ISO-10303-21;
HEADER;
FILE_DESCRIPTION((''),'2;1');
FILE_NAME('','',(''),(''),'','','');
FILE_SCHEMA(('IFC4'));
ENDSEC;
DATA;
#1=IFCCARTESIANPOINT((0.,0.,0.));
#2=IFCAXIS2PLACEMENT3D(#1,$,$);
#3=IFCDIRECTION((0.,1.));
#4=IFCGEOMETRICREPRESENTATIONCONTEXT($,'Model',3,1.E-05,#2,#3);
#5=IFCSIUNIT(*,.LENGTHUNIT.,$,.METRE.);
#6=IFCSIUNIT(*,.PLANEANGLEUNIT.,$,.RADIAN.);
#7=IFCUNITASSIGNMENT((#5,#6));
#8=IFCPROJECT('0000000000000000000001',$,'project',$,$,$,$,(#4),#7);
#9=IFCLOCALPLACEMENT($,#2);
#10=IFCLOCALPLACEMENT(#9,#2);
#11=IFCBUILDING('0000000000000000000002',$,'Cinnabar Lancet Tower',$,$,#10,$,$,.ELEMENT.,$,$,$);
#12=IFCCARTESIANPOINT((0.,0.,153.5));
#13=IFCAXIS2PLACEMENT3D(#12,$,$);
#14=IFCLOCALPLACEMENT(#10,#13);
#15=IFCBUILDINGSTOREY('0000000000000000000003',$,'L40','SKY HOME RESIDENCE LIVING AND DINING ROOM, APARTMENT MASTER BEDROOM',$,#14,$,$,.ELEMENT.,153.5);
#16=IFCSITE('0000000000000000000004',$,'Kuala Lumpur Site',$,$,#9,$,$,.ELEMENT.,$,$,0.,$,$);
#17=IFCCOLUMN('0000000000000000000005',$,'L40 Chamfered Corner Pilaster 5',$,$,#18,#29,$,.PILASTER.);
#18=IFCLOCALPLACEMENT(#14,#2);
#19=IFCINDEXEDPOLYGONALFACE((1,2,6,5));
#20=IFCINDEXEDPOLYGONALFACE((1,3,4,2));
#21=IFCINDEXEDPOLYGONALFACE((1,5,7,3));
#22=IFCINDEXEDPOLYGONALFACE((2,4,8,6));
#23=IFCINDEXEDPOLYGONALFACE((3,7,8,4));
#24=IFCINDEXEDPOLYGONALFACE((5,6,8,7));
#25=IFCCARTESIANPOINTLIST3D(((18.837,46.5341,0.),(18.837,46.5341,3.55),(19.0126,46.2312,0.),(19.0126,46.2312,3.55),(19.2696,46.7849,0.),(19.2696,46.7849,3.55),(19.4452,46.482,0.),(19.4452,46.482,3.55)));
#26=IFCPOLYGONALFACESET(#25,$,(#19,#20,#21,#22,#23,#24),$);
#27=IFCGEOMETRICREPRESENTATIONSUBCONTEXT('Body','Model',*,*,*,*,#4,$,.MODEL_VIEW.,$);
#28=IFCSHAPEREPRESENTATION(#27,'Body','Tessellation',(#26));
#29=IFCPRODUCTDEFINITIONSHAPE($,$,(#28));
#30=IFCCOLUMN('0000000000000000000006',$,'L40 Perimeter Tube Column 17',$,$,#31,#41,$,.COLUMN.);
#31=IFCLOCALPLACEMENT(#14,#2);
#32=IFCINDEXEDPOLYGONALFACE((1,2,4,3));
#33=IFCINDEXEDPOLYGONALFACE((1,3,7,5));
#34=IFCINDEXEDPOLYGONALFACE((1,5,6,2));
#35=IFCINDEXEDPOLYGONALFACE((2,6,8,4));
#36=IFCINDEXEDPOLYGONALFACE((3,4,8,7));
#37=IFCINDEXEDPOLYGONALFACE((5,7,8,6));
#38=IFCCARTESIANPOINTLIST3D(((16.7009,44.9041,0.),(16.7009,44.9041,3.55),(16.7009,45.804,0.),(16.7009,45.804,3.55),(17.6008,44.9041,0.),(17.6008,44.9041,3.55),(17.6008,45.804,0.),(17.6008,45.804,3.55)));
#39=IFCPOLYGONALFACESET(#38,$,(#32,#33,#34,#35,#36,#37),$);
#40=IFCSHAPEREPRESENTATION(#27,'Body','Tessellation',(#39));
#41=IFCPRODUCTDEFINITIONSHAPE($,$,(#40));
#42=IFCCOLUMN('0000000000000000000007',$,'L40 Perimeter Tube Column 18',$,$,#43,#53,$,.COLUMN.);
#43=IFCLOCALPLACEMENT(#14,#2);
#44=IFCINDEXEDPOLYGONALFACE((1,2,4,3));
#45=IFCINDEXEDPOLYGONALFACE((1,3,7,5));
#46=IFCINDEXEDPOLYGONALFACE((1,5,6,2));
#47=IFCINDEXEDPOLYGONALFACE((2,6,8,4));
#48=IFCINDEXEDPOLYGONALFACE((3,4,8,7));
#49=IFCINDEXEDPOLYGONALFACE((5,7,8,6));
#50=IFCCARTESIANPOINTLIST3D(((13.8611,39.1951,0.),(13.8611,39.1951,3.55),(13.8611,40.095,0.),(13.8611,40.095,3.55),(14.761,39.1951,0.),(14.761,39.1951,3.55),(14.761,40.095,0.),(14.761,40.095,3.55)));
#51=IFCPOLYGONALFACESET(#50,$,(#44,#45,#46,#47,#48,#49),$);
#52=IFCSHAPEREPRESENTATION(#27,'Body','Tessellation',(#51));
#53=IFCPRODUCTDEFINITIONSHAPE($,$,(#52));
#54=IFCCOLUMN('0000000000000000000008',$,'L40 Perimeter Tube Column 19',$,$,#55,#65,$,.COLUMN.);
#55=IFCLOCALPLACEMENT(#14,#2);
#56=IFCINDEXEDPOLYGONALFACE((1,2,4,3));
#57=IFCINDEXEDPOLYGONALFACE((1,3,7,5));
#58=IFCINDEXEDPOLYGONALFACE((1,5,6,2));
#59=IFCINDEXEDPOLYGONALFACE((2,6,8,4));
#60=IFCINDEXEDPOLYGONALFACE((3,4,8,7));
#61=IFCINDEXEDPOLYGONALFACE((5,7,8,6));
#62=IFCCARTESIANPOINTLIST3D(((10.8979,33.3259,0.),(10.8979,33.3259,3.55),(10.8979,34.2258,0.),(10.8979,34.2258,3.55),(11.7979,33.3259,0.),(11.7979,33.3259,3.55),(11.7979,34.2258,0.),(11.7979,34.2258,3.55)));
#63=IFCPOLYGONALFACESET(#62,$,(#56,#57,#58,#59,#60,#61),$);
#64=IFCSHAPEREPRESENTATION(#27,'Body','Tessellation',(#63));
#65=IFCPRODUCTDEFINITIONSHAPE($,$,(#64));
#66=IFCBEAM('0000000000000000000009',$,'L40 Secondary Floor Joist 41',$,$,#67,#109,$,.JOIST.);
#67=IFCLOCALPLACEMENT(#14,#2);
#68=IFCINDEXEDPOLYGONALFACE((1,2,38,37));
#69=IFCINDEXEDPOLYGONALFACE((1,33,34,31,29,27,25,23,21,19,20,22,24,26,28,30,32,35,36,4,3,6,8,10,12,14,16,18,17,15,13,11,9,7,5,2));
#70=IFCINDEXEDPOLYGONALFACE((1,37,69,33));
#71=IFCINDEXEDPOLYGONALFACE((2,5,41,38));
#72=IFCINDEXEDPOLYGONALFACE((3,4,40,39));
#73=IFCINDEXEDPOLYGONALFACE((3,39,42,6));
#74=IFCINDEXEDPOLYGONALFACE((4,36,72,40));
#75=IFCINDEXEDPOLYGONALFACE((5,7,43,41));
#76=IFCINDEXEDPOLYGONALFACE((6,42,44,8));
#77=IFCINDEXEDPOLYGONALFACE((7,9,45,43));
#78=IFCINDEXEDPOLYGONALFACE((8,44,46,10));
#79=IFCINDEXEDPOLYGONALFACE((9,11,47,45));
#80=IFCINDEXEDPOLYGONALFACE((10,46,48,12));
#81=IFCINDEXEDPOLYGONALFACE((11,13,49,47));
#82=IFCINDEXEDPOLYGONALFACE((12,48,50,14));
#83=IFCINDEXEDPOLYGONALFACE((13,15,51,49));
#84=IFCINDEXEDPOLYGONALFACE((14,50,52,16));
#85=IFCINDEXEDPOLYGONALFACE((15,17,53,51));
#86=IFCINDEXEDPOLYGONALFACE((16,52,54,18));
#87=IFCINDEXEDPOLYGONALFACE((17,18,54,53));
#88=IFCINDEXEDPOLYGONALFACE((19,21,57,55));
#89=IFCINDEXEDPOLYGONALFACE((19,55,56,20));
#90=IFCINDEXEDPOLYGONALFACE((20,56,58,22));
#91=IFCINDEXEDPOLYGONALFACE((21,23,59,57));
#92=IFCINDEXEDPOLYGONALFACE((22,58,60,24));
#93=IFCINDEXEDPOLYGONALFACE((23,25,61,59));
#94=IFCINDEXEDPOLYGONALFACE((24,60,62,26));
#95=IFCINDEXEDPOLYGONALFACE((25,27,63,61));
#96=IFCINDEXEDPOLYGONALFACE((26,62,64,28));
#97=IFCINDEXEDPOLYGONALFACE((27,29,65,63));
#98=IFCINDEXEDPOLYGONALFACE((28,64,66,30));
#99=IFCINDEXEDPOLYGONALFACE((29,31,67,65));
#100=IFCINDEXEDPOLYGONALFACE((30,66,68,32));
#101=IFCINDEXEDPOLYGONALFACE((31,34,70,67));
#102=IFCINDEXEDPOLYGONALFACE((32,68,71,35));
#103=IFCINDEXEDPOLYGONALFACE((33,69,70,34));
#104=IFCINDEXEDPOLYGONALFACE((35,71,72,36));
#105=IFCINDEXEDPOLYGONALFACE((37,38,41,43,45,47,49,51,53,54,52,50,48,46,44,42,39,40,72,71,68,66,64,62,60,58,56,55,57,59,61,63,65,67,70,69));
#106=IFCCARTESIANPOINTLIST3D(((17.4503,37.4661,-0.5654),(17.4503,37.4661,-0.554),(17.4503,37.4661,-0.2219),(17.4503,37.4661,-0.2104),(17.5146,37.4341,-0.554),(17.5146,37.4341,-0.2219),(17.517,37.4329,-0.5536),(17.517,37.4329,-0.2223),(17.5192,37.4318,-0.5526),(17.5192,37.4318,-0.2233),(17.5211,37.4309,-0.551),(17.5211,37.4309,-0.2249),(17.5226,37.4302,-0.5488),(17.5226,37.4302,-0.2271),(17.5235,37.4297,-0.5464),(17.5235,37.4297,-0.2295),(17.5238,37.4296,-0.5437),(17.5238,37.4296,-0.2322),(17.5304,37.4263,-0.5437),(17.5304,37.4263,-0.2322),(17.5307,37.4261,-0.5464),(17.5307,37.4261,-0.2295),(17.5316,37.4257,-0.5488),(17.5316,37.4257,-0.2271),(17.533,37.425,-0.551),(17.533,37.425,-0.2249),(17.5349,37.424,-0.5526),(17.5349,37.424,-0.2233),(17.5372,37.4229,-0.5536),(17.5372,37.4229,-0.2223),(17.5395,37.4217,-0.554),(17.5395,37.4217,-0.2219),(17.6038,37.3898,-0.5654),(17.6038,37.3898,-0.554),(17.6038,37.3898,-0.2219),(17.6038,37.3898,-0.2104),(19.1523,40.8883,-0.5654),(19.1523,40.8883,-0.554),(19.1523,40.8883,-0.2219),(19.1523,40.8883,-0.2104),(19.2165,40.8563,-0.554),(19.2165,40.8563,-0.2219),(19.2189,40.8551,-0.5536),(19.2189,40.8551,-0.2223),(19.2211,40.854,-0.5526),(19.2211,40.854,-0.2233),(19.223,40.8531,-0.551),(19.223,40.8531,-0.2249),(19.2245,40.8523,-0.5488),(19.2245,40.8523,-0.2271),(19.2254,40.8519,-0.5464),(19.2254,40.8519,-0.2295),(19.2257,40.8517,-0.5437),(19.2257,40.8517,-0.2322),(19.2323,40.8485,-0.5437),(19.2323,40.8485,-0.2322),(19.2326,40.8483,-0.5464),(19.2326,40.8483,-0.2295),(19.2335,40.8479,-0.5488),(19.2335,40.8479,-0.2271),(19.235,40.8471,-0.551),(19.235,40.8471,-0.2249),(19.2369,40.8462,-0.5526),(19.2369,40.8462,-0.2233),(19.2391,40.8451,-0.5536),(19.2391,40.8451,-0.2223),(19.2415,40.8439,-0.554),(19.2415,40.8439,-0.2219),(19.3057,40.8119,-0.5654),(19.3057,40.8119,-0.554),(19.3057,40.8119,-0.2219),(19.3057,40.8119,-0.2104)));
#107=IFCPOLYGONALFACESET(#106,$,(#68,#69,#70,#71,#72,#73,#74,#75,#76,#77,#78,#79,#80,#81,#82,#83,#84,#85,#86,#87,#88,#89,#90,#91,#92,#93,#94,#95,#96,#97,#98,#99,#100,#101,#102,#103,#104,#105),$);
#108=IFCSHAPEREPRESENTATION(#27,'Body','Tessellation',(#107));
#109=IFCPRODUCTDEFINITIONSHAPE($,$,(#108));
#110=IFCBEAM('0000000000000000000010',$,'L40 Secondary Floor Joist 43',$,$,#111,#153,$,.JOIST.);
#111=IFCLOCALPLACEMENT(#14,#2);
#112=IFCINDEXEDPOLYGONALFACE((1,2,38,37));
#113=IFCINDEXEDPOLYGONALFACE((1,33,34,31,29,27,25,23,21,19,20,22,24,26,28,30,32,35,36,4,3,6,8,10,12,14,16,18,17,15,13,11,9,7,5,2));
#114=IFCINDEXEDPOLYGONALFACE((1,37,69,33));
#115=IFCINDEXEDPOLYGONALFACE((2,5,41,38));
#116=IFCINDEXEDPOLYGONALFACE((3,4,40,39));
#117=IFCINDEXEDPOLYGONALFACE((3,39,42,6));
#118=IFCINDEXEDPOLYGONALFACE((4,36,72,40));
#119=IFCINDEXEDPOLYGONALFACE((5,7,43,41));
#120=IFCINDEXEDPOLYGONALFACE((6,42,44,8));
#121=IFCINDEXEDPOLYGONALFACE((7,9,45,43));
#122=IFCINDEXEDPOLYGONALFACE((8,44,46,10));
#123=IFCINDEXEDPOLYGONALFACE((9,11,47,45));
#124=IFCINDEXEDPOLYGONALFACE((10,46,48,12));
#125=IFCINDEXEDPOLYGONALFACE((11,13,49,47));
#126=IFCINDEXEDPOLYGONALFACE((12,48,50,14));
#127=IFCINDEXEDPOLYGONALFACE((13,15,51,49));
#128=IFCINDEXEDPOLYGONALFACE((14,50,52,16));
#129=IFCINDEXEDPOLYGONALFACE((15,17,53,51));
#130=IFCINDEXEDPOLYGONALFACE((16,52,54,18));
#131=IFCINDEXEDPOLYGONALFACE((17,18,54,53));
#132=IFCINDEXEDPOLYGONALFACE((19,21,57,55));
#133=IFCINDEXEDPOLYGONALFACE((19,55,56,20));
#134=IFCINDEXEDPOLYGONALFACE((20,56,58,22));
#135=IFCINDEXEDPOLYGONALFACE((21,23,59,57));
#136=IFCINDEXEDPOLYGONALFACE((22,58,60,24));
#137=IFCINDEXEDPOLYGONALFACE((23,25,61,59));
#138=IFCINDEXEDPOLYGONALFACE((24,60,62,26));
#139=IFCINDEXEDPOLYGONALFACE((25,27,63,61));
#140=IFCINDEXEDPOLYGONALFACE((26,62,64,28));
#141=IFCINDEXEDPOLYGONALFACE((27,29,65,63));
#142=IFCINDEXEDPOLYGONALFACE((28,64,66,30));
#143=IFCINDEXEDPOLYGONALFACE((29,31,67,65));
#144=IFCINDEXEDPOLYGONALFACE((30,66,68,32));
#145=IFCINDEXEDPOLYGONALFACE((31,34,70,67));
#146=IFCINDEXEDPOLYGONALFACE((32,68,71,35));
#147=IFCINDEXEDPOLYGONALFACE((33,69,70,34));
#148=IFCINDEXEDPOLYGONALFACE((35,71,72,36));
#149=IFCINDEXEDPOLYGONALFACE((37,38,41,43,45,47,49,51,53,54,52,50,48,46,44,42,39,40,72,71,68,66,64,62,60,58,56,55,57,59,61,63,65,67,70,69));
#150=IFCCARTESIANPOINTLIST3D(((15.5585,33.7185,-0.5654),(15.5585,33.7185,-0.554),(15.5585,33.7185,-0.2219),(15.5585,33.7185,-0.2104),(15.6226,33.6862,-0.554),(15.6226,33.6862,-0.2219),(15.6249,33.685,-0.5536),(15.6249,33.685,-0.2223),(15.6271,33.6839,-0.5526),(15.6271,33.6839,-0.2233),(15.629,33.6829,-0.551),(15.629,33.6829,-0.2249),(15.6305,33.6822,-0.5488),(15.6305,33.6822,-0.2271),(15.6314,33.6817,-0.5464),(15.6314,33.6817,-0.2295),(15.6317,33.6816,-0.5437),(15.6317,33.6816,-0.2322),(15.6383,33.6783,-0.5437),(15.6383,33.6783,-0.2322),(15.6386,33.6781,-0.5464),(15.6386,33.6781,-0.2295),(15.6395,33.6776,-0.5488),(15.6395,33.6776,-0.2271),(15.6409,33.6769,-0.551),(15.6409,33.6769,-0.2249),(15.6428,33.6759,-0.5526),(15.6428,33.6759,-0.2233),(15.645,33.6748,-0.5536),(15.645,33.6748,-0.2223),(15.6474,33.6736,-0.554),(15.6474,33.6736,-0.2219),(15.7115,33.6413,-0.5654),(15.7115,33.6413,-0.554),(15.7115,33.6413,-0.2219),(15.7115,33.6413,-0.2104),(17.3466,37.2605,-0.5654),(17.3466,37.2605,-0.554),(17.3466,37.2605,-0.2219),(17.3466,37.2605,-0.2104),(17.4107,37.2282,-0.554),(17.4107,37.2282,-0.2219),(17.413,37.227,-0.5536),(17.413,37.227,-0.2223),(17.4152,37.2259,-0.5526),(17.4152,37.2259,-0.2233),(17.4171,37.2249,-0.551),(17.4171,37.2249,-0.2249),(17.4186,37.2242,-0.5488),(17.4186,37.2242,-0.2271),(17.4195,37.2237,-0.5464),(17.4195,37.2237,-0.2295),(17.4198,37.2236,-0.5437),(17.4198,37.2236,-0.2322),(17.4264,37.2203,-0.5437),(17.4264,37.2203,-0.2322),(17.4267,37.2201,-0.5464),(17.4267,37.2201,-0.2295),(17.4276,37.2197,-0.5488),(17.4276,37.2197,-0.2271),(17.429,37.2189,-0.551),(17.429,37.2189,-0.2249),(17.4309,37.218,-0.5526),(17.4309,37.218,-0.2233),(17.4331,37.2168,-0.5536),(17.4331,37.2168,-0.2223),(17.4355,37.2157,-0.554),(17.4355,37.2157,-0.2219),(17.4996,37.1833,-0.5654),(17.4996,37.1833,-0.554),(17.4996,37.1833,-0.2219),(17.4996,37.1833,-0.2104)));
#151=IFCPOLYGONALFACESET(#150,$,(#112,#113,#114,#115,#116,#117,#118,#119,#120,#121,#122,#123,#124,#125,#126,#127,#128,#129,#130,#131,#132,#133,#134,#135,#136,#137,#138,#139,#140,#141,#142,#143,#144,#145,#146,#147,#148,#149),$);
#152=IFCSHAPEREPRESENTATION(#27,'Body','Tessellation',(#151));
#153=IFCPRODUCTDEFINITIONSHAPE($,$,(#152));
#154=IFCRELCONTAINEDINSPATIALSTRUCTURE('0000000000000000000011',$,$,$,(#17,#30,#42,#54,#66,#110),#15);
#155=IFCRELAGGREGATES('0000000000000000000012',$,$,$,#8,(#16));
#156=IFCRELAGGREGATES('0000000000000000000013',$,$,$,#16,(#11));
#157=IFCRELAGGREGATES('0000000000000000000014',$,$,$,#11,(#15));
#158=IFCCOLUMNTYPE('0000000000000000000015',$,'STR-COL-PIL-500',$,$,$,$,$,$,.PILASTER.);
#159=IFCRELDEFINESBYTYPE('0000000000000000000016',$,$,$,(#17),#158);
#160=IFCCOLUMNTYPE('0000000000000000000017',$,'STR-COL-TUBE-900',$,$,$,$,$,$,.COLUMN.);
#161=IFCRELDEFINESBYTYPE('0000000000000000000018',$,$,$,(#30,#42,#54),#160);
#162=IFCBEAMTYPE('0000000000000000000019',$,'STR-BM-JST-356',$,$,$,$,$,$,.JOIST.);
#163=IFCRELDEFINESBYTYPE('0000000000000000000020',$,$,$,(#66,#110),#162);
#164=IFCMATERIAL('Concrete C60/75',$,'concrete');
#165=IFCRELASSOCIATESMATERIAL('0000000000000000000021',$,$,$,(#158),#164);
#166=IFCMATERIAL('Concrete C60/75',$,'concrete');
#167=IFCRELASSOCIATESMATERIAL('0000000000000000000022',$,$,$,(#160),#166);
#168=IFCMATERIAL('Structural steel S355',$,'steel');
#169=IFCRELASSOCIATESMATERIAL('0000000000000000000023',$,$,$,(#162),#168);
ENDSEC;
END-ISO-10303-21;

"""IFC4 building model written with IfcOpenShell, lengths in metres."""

from ifc_helpers import new_model, si_unit, direction, frame, origin, origin_2d, place, context, subcontext, project, spatial, rectangle, i_section, extrude, material, material_profile, profile_set, type_object, element, save


model = new_model("IFC4")

# Units and contexts
model_context = context("Model", 3, precision=1e-05, world=origin(), true_north=direction((0.0, 1.0)))
body_context = subcontext(model_context, "Body", "Model", "MODEL_VIEW")
ifc_project = project(units=[si_unit("LENGTHUNIT", "METRE"), si_unit("PLANEANGLEUNIT", "RADIAN")], contexts=[model_context])

# Site, building, storey
site_placement = place(None, origin())
site = spatial("IfcSite", under=ifc_project, at=site_placement, Name="Kuala Lumpur Site", CompositionType="ELEMENT", RefElevation=0.0)
building_placement = place(site_placement, origin())
building = spatial("IfcBuilding", under=site, at=building_placement, Name="Cinnabar Lancet Tower", CompositionType="ELEMENT")
storey_placement = place(building_placement, frame((0.0, 0.0, 153.5)))
storey = spatial("IfcBuildingStorey", under=building, at=storey_placement, Name="L40", Description="SKY HOME RESIDENCE LIVING AND DINING ROOM, APARTMENT MASTER BEDROOM", CompositionType="ELEMENT", Elevation=153.5)

# Columns
ifc_material_1 = material(Name="Concrete C60/75", Category="concrete")
ifc_material_profile_1 = material_profile(ifc_material_1, rectangle(XDim=0.5, YDim=0.3501, at=origin_2d()), Name="RC-PIL 500x350")
ifc_profile_set_1 = profile_set([ifc_material_profile_1], Name="Concrete C60/75")
column_type_1 = type_object("IfcColumnType", Name="STR-COL-PIL-500", PredefinedType="PILASTER", material=ifc_profile_set_1)
column_placement = place(storey_placement, frame((19.1411, 46.5081, 0.0), z_axis=(0.0, 0.0, 1.0), x_axis=(-0.86516, -0.501496, 0.0)))
element("IfcColumn", 1, at=column_placement, inside=storey, type_object=column_type_1, Name="L40 Chamfered Corner Pilaster 5", PredefinedType="PILASTER", context=body_context, shape_type="SweptSolid", body=[
    extrude(rectangle(XDim=0.5, YDim=0.3501, at=origin_2d()), origin(), (0.0, 0.0, 1.0), 3.55),
])
ifc_material_2 = material(Name="Concrete C60/75", Category="concrete")
ifc_material_profile_2 = material_profile(ifc_material_2, rectangle(XDim=0.8999, YDim=0.8999, at=origin_2d()), Name="RC-COL 900x900")
ifc_profile_set_2 = profile_set([ifc_material_profile_2], Name="Concrete C60/75")
column_type_2 = type_object("IfcColumnType", Name="STR-COL-TUBE-900", PredefinedType="COLUMN", material=ifc_profile_set_2)
for number, where, z_axis, x_axis, name in (
    (2, (17.1509, 45.354, 0.0), (0.0, 0.0, 1.0), (1.0, 0.0, 0.0), "L40 Perimeter Tube Column 17"),
    (3, (14.311, 39.645, 0.0), (0.0, 0.0, 1.0), (1.0, 0.0, 0.0), "L40 Perimeter Tube Column 18"),
    (4, (11.3479, 33.7759, 0.0), (0.0, 0.0, 1.0), (1.0, 0.0, 0.0), "L40 Perimeter Tube Column 19"),
):
    element("IfcColumn", number, at=place(storey_placement, frame(where, z_axis=z_axis, x_axis=x_axis)), inside=storey, type_object=column_type_2, Name=name, PredefinedType="COLUMN", context=body_context, shape_type="SweptSolid", body=[
        extrude(rectangle(XDim=0.8999, YDim=0.8999, at=origin_2d()), origin(), (0.0, 0.0, 1.0), 3.55),
    ])

# Beams
ifc_material_3 = material(Name="Structural steel S355", Category="steel")
ifc_material_profile_3 = material_profile(ifc_material_3, i_section(OverallWidth=0.1714, OverallDepth=0.355, WebThickness=0.0073, FlangeThickness=0.0115, FilletRadius=0.0103, at=origin_2d()), Name="UKB 356x171x51")
ifc_profile_set_3 = profile_set([ifc_material_profile_3], Name="Structural steel S355")
beam_type_1 = type_object("IfcBeamType", Name="STR-BM-JST-356", PredefinedType="JOIST", material=ifc_profile_set_3)
beam_1_placement = place(storey_placement, frame((19.229, 40.8501, -0.3879), z_axis=(-0.445296, -0.895383, 0.0), x_axis=(0.895383, -0.445296, 0.0)))
element("IfcBeam", 5, at=beam_1_placement, inside=storey, type_object=beam_type_1, Name="L40 Secondary Floor Joist 41", PredefinedType="JOIST", context=body_context, shape_type="SweptSolid", body=[
    extrude(i_section(OverallWidth=0.1714, OverallDepth=0.355, WebThickness=0.0073, FlangeThickness=0.0115, FilletRadius=0.0103, at=origin_2d()), origin(), (0.0, 0.0, 1.0), 3.822),
])
beam_2_placement = place(storey_placement, frame((17.4231, 37.2219, -0.3879), z_axis=(-0.450656, -0.892698, 0.0), x_axis=(0.892698, -0.450656, 0.0)))
element("IfcBeam", 6, at=beam_2_placement, inside=storey, type_object=beam_type_1, Name="L40 Secondary Floor Joist 43", PredefinedType="JOIST", context=body_context, shape_type="SweptSolid", body=[
    extrude(i_section(OverallWidth=0.1714, OverallDepth=0.355, WebThickness=0.0073, FlangeThickness=0.0115, FilletRadius=0.0103, at=origin_2d()), origin(), (0.0, 0.0, 1.0), 3.9678),
])

save(model, "model.ifc")
